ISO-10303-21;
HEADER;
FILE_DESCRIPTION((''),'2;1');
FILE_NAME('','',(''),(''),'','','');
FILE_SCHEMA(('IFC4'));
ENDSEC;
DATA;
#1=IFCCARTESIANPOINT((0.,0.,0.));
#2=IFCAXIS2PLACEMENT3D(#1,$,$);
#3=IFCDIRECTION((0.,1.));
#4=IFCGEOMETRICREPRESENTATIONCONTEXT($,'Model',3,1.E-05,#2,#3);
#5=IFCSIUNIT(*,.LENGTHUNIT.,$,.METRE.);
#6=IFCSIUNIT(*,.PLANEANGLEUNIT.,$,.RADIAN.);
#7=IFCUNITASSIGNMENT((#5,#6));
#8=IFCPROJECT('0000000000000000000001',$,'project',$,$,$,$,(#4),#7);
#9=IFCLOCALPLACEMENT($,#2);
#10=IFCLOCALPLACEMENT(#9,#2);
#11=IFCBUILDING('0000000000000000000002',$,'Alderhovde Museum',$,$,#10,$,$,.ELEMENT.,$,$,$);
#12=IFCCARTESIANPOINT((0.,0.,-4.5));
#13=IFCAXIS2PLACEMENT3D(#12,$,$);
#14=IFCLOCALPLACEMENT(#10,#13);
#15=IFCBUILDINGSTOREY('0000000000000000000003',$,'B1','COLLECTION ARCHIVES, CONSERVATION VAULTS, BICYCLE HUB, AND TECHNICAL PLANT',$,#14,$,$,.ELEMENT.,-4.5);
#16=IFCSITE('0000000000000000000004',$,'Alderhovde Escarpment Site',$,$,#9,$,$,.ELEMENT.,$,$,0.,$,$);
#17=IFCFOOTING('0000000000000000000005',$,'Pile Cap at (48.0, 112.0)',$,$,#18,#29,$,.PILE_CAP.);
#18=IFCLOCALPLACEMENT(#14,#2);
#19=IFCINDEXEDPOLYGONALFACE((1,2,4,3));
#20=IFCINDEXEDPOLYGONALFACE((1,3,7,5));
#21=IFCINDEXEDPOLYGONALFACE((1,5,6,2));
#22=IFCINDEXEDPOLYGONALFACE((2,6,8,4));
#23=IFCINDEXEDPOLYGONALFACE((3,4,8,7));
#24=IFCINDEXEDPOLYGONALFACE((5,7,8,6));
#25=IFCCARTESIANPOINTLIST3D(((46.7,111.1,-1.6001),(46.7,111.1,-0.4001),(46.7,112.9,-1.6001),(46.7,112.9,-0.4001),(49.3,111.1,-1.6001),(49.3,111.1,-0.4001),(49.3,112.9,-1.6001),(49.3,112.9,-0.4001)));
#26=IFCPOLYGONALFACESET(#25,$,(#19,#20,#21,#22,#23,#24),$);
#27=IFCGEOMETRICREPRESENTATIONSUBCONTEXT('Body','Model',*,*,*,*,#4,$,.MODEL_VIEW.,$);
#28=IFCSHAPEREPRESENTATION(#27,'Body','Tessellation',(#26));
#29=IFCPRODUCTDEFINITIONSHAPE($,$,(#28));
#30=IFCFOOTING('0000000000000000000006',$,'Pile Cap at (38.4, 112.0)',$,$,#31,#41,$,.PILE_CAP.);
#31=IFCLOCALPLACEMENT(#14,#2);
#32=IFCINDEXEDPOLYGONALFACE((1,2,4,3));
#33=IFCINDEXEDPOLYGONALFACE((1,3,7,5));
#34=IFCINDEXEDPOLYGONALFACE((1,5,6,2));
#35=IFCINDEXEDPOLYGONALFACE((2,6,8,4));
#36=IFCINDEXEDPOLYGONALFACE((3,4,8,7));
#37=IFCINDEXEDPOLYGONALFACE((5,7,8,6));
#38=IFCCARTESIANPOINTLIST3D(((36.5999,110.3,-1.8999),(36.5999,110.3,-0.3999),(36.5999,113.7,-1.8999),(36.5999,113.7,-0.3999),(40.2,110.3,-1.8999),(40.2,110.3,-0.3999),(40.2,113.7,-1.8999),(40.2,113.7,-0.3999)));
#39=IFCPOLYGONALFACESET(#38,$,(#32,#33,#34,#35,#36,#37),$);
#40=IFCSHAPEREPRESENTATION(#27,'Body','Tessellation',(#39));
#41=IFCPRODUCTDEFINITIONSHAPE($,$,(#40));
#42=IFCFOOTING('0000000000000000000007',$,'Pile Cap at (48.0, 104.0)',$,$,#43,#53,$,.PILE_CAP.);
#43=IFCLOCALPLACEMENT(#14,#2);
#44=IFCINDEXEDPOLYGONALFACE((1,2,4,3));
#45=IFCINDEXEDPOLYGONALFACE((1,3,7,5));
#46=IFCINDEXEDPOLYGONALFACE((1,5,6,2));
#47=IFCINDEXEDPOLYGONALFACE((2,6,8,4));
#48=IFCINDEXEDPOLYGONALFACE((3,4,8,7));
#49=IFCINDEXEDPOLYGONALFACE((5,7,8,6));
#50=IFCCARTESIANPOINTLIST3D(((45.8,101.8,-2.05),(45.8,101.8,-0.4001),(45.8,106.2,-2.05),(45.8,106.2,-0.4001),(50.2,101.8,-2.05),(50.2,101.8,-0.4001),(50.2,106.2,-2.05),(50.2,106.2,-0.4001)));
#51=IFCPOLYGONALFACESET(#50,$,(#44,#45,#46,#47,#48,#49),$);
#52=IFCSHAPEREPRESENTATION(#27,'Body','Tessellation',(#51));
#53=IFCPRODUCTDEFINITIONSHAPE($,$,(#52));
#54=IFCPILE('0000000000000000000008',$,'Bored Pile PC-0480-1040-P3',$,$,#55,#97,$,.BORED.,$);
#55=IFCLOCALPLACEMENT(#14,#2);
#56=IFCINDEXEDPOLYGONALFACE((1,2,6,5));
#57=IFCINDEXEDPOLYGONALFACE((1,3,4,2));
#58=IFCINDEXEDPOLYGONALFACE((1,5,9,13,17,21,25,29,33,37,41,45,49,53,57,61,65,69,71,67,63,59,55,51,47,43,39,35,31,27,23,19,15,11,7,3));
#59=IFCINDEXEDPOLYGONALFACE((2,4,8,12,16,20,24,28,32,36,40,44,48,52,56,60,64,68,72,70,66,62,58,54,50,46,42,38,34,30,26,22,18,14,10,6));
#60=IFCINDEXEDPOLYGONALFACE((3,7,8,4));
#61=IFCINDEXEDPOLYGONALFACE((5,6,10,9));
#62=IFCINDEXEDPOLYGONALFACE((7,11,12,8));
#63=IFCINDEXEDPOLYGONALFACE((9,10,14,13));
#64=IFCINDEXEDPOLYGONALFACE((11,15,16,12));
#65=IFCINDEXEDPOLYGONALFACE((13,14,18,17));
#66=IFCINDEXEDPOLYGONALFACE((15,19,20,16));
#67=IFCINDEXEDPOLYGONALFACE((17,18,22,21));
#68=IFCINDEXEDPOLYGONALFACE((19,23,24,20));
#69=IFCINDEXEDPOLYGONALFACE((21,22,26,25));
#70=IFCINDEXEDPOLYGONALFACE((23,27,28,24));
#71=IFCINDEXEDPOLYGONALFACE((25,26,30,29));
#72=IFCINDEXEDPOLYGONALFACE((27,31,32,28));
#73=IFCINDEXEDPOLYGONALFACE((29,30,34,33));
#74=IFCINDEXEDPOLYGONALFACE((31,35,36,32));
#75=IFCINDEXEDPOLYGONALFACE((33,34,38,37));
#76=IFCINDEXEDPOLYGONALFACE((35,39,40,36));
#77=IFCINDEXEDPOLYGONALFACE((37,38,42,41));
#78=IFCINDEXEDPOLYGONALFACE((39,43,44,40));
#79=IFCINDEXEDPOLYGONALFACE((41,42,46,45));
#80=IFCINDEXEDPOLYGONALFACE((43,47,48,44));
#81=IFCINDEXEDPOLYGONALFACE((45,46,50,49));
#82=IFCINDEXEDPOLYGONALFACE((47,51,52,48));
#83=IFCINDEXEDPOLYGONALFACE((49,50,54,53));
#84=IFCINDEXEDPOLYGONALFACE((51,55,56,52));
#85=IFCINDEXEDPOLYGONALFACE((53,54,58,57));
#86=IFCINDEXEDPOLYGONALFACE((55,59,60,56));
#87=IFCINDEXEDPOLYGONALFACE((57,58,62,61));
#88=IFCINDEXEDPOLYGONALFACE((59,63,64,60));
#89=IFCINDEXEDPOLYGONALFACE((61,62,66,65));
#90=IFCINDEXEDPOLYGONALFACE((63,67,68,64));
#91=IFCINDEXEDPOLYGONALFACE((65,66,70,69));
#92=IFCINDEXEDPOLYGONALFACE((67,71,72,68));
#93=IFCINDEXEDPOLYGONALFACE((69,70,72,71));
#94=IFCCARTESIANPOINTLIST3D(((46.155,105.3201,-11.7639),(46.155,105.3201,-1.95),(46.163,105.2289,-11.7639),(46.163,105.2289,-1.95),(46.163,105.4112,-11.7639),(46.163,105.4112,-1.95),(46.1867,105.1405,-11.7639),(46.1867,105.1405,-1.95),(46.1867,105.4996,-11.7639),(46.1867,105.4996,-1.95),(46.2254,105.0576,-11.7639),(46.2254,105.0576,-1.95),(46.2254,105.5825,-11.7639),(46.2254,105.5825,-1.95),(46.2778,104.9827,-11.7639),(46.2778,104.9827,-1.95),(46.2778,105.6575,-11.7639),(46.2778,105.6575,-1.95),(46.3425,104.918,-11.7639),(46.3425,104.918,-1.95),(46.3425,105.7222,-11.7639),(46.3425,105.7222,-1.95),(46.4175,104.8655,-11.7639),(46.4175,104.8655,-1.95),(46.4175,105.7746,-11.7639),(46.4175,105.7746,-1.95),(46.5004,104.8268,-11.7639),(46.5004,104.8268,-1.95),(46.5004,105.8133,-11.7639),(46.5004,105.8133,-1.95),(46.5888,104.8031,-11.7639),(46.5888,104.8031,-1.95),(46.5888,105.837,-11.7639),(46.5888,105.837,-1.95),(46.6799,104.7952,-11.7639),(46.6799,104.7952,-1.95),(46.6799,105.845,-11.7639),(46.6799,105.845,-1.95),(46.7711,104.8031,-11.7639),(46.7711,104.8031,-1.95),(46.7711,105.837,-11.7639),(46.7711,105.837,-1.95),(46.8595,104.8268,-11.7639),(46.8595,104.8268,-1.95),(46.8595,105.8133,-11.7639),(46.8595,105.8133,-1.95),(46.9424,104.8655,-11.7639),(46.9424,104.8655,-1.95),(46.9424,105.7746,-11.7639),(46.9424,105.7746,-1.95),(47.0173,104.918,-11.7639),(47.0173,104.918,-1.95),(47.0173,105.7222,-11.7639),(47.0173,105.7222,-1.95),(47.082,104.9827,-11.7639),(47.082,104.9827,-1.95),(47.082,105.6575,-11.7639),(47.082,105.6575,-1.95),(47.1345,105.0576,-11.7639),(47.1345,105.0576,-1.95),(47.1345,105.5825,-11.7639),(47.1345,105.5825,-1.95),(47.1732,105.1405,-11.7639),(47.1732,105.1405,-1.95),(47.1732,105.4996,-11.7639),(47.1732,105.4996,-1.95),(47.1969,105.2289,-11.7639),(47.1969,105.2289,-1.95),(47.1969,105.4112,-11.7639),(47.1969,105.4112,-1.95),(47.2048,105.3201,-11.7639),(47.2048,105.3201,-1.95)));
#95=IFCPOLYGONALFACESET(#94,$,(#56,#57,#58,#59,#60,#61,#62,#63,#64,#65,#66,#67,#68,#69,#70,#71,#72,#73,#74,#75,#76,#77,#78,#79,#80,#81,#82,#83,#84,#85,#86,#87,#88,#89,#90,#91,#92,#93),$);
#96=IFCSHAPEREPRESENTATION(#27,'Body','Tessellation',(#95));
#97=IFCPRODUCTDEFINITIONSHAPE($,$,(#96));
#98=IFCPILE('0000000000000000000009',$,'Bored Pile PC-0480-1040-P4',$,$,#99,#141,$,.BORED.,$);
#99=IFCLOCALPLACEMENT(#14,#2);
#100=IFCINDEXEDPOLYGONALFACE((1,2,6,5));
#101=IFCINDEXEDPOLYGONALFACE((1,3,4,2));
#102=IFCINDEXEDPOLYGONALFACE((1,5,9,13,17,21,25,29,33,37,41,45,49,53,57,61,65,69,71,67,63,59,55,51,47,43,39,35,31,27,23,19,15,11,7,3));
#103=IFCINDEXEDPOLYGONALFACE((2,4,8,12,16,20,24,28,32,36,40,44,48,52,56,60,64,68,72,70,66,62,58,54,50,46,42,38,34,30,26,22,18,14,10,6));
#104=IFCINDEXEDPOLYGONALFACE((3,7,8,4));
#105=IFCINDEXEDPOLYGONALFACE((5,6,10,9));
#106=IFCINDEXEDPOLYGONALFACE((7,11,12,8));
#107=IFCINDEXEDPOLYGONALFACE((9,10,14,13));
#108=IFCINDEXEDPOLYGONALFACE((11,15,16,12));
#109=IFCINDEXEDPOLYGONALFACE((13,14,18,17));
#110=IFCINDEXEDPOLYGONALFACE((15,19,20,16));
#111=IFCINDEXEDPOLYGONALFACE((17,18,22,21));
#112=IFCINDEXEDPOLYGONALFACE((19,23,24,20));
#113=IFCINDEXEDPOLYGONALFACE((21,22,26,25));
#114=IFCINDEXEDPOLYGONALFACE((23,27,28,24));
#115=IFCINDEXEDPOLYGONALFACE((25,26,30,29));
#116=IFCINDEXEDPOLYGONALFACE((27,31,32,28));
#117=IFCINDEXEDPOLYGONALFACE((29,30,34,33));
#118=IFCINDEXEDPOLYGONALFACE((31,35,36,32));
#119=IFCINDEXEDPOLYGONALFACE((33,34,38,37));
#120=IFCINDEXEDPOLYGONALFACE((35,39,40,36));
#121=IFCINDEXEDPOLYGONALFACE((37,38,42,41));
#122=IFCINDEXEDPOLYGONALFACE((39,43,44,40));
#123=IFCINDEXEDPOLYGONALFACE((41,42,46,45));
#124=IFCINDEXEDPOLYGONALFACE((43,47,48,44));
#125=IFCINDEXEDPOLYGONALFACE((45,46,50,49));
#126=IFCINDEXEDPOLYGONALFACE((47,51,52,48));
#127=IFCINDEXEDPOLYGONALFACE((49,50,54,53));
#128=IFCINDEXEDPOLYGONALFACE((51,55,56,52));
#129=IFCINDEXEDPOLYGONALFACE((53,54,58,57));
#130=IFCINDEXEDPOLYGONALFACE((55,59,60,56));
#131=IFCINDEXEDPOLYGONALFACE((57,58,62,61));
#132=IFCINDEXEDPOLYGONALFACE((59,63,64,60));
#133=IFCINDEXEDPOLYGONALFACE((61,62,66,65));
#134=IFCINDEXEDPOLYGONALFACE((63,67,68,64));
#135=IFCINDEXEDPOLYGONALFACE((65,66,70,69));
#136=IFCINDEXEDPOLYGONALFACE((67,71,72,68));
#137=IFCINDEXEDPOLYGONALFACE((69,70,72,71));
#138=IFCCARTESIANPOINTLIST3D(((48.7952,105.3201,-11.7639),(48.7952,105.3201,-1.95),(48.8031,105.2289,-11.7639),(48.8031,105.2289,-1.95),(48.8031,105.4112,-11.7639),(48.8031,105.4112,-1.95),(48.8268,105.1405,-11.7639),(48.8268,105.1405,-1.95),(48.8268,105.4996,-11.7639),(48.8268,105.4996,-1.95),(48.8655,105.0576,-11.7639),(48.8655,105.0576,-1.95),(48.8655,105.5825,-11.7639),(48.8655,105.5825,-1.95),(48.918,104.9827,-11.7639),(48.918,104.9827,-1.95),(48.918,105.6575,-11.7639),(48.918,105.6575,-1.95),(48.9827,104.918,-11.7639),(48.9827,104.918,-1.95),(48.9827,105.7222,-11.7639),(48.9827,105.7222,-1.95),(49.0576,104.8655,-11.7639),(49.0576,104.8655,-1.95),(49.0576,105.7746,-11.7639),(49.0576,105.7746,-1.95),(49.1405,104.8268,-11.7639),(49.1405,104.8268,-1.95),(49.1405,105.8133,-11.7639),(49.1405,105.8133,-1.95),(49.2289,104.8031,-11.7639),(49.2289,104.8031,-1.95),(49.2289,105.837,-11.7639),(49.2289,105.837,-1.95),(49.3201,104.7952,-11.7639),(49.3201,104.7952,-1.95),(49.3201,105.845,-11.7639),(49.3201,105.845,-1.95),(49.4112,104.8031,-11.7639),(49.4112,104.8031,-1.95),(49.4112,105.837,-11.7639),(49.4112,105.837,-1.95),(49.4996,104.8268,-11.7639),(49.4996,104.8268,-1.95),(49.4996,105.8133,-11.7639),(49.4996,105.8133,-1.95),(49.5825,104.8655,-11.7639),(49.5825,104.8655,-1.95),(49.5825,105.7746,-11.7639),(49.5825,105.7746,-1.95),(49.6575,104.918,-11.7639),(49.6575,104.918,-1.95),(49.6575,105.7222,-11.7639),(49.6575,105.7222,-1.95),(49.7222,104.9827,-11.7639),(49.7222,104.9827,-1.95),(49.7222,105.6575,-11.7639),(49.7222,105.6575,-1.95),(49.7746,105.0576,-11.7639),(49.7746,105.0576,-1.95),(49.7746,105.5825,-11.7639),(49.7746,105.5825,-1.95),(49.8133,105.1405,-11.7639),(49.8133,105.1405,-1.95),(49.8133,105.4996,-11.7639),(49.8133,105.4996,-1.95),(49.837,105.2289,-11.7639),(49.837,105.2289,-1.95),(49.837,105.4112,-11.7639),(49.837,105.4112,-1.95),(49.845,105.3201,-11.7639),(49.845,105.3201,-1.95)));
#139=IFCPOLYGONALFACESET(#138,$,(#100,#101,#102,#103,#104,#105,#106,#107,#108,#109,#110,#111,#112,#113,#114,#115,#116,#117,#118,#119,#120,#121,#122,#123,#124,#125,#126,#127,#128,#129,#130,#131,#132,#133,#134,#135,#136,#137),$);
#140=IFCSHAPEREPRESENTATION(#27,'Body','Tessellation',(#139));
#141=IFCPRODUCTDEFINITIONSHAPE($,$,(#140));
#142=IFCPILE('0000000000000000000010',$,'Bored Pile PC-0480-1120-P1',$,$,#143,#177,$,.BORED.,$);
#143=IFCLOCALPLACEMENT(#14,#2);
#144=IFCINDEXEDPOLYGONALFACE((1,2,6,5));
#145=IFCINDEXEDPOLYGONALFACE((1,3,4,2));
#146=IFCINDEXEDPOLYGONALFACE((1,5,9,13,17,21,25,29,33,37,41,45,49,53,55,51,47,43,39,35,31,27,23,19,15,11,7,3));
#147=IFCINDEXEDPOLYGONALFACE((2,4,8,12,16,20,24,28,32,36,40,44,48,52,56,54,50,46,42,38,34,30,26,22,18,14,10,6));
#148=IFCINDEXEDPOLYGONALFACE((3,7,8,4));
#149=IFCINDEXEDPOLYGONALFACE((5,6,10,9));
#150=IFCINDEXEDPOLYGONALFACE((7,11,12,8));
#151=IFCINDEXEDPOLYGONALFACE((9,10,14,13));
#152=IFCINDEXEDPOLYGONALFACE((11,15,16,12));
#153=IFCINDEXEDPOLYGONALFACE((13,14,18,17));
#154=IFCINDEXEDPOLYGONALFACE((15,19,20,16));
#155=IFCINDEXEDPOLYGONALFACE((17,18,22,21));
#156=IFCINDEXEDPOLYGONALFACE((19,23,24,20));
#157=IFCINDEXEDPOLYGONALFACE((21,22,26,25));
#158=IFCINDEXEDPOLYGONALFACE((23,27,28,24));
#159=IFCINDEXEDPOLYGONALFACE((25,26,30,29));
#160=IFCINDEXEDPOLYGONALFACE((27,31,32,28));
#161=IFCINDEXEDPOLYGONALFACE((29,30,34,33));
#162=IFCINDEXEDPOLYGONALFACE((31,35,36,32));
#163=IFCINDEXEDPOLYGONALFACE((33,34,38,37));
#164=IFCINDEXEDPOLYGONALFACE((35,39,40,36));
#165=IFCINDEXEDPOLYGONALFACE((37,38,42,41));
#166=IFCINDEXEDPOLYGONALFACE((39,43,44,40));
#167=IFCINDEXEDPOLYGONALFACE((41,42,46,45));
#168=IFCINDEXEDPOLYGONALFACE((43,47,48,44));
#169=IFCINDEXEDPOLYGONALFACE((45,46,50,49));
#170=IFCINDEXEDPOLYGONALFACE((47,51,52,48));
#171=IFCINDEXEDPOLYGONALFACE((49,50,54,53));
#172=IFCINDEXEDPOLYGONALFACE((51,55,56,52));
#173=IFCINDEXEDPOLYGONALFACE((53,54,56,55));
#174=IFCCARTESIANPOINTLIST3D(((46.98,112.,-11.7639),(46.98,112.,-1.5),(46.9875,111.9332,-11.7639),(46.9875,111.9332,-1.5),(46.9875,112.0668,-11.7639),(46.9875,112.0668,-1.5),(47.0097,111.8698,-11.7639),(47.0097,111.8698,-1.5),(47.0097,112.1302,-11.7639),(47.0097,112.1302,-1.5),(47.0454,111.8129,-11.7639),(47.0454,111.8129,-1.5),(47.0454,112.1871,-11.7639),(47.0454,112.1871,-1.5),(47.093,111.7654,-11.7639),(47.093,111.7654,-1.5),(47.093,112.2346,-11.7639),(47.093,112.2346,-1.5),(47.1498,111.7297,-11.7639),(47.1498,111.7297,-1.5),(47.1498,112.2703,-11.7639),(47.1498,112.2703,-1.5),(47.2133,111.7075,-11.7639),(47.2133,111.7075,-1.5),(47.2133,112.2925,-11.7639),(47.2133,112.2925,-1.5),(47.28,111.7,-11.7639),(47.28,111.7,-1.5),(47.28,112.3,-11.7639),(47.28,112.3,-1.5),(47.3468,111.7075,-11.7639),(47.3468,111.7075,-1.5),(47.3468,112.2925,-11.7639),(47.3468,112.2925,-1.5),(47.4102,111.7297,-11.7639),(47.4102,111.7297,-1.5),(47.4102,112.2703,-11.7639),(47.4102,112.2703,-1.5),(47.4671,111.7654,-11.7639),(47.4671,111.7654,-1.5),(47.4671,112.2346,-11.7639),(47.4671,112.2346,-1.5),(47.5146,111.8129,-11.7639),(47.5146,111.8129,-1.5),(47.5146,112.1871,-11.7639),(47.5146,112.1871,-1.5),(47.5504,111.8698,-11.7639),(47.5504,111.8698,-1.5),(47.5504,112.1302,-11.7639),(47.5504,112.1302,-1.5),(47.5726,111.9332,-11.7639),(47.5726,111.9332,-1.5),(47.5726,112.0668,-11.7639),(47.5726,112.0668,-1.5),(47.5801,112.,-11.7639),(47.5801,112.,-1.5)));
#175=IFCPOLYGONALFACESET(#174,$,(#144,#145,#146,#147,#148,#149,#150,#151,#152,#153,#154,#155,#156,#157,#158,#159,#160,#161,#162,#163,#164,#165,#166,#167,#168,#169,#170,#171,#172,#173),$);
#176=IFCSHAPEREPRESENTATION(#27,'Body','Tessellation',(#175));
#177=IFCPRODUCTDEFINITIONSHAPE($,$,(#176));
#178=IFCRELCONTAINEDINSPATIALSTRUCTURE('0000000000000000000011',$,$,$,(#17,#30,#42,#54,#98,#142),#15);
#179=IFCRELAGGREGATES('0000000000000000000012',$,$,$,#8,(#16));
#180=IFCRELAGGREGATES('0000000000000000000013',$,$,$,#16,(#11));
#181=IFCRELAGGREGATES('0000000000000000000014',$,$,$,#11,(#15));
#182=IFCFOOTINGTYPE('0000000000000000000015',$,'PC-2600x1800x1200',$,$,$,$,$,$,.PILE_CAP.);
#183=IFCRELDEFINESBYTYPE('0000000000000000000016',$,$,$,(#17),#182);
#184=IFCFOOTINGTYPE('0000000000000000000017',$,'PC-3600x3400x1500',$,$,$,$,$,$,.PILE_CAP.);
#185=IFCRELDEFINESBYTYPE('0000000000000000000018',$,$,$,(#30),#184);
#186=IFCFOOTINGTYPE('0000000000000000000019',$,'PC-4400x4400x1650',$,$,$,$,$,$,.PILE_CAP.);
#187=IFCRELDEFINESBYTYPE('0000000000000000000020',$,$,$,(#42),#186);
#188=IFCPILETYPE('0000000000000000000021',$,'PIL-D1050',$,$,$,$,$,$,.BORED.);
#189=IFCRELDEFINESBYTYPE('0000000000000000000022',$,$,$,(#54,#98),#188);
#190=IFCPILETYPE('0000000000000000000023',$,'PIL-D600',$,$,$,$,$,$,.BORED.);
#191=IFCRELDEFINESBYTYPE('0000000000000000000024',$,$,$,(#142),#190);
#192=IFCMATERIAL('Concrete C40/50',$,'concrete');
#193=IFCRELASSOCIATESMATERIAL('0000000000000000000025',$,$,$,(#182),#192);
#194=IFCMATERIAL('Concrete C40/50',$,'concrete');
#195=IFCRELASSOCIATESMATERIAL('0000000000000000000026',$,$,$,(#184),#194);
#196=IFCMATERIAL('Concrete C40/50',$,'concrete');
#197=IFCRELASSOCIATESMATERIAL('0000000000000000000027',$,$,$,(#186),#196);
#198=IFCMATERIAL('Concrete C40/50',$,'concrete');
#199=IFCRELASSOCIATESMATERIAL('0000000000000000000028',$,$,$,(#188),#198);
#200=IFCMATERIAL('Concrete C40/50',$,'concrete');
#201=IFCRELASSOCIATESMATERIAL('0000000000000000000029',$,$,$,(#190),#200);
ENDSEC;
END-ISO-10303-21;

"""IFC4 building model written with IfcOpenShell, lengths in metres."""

from ifc_helpers import new_model, si_unit, direction, frame, origin, origin_2d, place, context, subcontext, project, spatial, rectangle, circle, extrude, material, material_profile, profile_set, type_object, element, save


model = new_model("IFC4")

# Units and contexts
model_context = context("Model", 3, precision=1e-05, world=origin(), true_north=direction((0.0, 1.0)))
body_context = subcontext(model_context, "Body", "Model", "MODEL_VIEW")
ifc_project = project(units=[si_unit("LENGTHUNIT", "METRE"), si_unit("PLANEANGLEUNIT", "RADIAN")], contexts=[model_context])

# Site, building, storey
site_placement = place(None, origin())
site = spatial("IfcSite", under=ifc_project, at=site_placement, Name="Alderhovde Escarpment Site", CompositionType="ELEMENT", RefElevation=0.0)
building_placement = place(site_placement, origin())
building = spatial("IfcBuilding", under=site, at=building_placement, Name="Alderhovde Museum", CompositionType="ELEMENT")
storey_placement = place(building_placement, frame((0.0, 0.0, -4.5)))
storey = spatial("IfcBuildingStorey", under=building, at=storey_placement, Name="B1", Description="COLLECTION ARCHIVES, CONSERVATION VAULTS, BICYCLE HUB, AND TECHNICAL PLANT", CompositionType="ELEMENT", Elevation=-4.5)

# Footings
ifc_material_1 = material(Name="Concrete C40/50", Category="concrete")
footing_type_1 = type_object("IfcFootingType", Name="PC-2600x1800x1200", PredefinedType="PILE_CAP", material=ifc_material_1)
footing_1_placement = place(storey_placement, frame((48.0, 112.0, -1.6001), z_axis=(0.0, 0.0, 1.0), x_axis=(1.0, 0.0, 0.0)))
element("IfcFooting", 1, at=footing_1_placement, inside=storey, type_object=footing_type_1, Name="Pile Cap at (48.0, 112.0)", PredefinedType="PILE_CAP", context=body_context, shape_type="SweptSolid", body=[
    extrude(rectangle(XDim=2.6001, YDim=1.8, at=origin_2d()), origin(), (0.0, 0.0, 1.0), 1.2),
])
ifc_material_2 = material(Name="Concrete C40/50", Category="concrete")
footing_type_2 = type_object("IfcFootingType", Name="PC-3600x3400x1500", PredefinedType="PILE_CAP", material=ifc_material_2)
footing_2_placement = place(storey_placement, frame((38.3999, 112.0, -1.8999), z_axis=(0.0, 0.0, 1.0), x_axis=(1.0, 0.0, 0.0)))
element("IfcFooting", 2, at=footing_2_placement, inside=storey, type_object=footing_type_2, Name="Pile Cap at (38.4, 112.0)", PredefinedType="PILE_CAP", context=body_context, shape_type="SweptSolid", body=[
    extrude(rectangle(XDim=3.6001, YDim=3.3999, at=origin_2d()), origin(), (0.0, 0.0, 1.0), 1.5),
])
ifc_material_3 = material(Name="Concrete C40/50", Category="concrete")
footing_type_3 = type_object("IfcFootingType", Name="PC-4400x4400x1650", PredefinedType="PILE_CAP", material=ifc_material_3)
footing_3_placement = place(storey_placement, frame((48.0, 104.0, -2.05), z_axis=(0.0, 0.0, 1.0), x_axis=(1.0, 0.0, 0.0)))
element("IfcFooting", 3, at=footing_3_placement, inside=storey, type_object=footing_type_3, Name="Pile Cap at (48.0, 104.0)", PredefinedType="PILE_CAP", context=body_context, shape_type="SweptSolid", body=[
    extrude(rectangle(XDim=4.3999, YDim=4.3999, at=origin_2d()), origin(), (0.0, 0.0, 1.0), 1.6499),
])

# Piles
ifc_material_4 = material(Name="Concrete C40/50", Category="concrete")
ifc_material_profile_1 = material_profile(ifc_material_4, circle(Radius=0.5249, at=origin_2d()), Name="PILE-D1050")
ifc_profile_set_1 = profile_set([ifc_material_profile_1], Name="Concrete C40/50")
pile_type_1 = type_object("IfcPileType", Name="PIL-D1050", PredefinedType="BORED", material=ifc_profile_set_1)
for number, where, z_axis, x_axis, name in (
    (4, (46.6799, 105.3201, -1.95), (0.0, 0.0, -1.0), (1.0, 0.0, 0.0), "Bored Pile PC-0480-1040-P3"),
    (5, (49.3201, 105.3201, -1.95), (0.0, 0.0, -1.0), (1.0, 0.0, 0.0), "Bored Pile PC-0480-1040-P4"),
):
    element("IfcPile", number, at=place(storey_placement, frame(where, z_axis=z_axis, x_axis=x_axis)), inside=storey, type_object=pile_type_1, Name=name, PredefinedType="BORED", context=body_context, shape_type="SweptSolid", body=[
        extrude(circle(Radius=0.5249, at=origin_2d()), origin(), (0.0, 0.0, 1.0), 9.814),
    ])
ifc_material_5 = material(Name="Concrete C40/50", Category="concrete")
ifc_material_profile_2 = material_profile(ifc_material_5, circle(Radius=0.3, at=origin_2d()), Name="PILE-D600")
ifc_profile_set_2 = profile_set([ifc_material_profile_2], Name="Concrete C40/50")
pile_type_2 = type_object("IfcPileType", Name="PIL-D600", PredefinedType="BORED", material=ifc_profile_set_2)
for number, where, z_axis, x_axis, name in (
    (6, (47.28, 112.0, -1.5), (0.0, 0.0, -1.0), (1.0, 0.0, 0.0), "Bored Pile PC-0480-1120-P1"),
):
    element("IfcPile", number, at=place(storey_placement, frame(where, z_axis=z_axis, x_axis=x_axis)), inside=storey, type_object=pile_type_2, Name=name, PredefinedType="BORED", context=body_context, shape_type="SweptSolid", body=[
        extrude(circle(Radius=0.3, at=origin_2d()), origin(), (0.0, 0.0, 1.0), 10.2639),
    ])

save(model, "model.ifc")
